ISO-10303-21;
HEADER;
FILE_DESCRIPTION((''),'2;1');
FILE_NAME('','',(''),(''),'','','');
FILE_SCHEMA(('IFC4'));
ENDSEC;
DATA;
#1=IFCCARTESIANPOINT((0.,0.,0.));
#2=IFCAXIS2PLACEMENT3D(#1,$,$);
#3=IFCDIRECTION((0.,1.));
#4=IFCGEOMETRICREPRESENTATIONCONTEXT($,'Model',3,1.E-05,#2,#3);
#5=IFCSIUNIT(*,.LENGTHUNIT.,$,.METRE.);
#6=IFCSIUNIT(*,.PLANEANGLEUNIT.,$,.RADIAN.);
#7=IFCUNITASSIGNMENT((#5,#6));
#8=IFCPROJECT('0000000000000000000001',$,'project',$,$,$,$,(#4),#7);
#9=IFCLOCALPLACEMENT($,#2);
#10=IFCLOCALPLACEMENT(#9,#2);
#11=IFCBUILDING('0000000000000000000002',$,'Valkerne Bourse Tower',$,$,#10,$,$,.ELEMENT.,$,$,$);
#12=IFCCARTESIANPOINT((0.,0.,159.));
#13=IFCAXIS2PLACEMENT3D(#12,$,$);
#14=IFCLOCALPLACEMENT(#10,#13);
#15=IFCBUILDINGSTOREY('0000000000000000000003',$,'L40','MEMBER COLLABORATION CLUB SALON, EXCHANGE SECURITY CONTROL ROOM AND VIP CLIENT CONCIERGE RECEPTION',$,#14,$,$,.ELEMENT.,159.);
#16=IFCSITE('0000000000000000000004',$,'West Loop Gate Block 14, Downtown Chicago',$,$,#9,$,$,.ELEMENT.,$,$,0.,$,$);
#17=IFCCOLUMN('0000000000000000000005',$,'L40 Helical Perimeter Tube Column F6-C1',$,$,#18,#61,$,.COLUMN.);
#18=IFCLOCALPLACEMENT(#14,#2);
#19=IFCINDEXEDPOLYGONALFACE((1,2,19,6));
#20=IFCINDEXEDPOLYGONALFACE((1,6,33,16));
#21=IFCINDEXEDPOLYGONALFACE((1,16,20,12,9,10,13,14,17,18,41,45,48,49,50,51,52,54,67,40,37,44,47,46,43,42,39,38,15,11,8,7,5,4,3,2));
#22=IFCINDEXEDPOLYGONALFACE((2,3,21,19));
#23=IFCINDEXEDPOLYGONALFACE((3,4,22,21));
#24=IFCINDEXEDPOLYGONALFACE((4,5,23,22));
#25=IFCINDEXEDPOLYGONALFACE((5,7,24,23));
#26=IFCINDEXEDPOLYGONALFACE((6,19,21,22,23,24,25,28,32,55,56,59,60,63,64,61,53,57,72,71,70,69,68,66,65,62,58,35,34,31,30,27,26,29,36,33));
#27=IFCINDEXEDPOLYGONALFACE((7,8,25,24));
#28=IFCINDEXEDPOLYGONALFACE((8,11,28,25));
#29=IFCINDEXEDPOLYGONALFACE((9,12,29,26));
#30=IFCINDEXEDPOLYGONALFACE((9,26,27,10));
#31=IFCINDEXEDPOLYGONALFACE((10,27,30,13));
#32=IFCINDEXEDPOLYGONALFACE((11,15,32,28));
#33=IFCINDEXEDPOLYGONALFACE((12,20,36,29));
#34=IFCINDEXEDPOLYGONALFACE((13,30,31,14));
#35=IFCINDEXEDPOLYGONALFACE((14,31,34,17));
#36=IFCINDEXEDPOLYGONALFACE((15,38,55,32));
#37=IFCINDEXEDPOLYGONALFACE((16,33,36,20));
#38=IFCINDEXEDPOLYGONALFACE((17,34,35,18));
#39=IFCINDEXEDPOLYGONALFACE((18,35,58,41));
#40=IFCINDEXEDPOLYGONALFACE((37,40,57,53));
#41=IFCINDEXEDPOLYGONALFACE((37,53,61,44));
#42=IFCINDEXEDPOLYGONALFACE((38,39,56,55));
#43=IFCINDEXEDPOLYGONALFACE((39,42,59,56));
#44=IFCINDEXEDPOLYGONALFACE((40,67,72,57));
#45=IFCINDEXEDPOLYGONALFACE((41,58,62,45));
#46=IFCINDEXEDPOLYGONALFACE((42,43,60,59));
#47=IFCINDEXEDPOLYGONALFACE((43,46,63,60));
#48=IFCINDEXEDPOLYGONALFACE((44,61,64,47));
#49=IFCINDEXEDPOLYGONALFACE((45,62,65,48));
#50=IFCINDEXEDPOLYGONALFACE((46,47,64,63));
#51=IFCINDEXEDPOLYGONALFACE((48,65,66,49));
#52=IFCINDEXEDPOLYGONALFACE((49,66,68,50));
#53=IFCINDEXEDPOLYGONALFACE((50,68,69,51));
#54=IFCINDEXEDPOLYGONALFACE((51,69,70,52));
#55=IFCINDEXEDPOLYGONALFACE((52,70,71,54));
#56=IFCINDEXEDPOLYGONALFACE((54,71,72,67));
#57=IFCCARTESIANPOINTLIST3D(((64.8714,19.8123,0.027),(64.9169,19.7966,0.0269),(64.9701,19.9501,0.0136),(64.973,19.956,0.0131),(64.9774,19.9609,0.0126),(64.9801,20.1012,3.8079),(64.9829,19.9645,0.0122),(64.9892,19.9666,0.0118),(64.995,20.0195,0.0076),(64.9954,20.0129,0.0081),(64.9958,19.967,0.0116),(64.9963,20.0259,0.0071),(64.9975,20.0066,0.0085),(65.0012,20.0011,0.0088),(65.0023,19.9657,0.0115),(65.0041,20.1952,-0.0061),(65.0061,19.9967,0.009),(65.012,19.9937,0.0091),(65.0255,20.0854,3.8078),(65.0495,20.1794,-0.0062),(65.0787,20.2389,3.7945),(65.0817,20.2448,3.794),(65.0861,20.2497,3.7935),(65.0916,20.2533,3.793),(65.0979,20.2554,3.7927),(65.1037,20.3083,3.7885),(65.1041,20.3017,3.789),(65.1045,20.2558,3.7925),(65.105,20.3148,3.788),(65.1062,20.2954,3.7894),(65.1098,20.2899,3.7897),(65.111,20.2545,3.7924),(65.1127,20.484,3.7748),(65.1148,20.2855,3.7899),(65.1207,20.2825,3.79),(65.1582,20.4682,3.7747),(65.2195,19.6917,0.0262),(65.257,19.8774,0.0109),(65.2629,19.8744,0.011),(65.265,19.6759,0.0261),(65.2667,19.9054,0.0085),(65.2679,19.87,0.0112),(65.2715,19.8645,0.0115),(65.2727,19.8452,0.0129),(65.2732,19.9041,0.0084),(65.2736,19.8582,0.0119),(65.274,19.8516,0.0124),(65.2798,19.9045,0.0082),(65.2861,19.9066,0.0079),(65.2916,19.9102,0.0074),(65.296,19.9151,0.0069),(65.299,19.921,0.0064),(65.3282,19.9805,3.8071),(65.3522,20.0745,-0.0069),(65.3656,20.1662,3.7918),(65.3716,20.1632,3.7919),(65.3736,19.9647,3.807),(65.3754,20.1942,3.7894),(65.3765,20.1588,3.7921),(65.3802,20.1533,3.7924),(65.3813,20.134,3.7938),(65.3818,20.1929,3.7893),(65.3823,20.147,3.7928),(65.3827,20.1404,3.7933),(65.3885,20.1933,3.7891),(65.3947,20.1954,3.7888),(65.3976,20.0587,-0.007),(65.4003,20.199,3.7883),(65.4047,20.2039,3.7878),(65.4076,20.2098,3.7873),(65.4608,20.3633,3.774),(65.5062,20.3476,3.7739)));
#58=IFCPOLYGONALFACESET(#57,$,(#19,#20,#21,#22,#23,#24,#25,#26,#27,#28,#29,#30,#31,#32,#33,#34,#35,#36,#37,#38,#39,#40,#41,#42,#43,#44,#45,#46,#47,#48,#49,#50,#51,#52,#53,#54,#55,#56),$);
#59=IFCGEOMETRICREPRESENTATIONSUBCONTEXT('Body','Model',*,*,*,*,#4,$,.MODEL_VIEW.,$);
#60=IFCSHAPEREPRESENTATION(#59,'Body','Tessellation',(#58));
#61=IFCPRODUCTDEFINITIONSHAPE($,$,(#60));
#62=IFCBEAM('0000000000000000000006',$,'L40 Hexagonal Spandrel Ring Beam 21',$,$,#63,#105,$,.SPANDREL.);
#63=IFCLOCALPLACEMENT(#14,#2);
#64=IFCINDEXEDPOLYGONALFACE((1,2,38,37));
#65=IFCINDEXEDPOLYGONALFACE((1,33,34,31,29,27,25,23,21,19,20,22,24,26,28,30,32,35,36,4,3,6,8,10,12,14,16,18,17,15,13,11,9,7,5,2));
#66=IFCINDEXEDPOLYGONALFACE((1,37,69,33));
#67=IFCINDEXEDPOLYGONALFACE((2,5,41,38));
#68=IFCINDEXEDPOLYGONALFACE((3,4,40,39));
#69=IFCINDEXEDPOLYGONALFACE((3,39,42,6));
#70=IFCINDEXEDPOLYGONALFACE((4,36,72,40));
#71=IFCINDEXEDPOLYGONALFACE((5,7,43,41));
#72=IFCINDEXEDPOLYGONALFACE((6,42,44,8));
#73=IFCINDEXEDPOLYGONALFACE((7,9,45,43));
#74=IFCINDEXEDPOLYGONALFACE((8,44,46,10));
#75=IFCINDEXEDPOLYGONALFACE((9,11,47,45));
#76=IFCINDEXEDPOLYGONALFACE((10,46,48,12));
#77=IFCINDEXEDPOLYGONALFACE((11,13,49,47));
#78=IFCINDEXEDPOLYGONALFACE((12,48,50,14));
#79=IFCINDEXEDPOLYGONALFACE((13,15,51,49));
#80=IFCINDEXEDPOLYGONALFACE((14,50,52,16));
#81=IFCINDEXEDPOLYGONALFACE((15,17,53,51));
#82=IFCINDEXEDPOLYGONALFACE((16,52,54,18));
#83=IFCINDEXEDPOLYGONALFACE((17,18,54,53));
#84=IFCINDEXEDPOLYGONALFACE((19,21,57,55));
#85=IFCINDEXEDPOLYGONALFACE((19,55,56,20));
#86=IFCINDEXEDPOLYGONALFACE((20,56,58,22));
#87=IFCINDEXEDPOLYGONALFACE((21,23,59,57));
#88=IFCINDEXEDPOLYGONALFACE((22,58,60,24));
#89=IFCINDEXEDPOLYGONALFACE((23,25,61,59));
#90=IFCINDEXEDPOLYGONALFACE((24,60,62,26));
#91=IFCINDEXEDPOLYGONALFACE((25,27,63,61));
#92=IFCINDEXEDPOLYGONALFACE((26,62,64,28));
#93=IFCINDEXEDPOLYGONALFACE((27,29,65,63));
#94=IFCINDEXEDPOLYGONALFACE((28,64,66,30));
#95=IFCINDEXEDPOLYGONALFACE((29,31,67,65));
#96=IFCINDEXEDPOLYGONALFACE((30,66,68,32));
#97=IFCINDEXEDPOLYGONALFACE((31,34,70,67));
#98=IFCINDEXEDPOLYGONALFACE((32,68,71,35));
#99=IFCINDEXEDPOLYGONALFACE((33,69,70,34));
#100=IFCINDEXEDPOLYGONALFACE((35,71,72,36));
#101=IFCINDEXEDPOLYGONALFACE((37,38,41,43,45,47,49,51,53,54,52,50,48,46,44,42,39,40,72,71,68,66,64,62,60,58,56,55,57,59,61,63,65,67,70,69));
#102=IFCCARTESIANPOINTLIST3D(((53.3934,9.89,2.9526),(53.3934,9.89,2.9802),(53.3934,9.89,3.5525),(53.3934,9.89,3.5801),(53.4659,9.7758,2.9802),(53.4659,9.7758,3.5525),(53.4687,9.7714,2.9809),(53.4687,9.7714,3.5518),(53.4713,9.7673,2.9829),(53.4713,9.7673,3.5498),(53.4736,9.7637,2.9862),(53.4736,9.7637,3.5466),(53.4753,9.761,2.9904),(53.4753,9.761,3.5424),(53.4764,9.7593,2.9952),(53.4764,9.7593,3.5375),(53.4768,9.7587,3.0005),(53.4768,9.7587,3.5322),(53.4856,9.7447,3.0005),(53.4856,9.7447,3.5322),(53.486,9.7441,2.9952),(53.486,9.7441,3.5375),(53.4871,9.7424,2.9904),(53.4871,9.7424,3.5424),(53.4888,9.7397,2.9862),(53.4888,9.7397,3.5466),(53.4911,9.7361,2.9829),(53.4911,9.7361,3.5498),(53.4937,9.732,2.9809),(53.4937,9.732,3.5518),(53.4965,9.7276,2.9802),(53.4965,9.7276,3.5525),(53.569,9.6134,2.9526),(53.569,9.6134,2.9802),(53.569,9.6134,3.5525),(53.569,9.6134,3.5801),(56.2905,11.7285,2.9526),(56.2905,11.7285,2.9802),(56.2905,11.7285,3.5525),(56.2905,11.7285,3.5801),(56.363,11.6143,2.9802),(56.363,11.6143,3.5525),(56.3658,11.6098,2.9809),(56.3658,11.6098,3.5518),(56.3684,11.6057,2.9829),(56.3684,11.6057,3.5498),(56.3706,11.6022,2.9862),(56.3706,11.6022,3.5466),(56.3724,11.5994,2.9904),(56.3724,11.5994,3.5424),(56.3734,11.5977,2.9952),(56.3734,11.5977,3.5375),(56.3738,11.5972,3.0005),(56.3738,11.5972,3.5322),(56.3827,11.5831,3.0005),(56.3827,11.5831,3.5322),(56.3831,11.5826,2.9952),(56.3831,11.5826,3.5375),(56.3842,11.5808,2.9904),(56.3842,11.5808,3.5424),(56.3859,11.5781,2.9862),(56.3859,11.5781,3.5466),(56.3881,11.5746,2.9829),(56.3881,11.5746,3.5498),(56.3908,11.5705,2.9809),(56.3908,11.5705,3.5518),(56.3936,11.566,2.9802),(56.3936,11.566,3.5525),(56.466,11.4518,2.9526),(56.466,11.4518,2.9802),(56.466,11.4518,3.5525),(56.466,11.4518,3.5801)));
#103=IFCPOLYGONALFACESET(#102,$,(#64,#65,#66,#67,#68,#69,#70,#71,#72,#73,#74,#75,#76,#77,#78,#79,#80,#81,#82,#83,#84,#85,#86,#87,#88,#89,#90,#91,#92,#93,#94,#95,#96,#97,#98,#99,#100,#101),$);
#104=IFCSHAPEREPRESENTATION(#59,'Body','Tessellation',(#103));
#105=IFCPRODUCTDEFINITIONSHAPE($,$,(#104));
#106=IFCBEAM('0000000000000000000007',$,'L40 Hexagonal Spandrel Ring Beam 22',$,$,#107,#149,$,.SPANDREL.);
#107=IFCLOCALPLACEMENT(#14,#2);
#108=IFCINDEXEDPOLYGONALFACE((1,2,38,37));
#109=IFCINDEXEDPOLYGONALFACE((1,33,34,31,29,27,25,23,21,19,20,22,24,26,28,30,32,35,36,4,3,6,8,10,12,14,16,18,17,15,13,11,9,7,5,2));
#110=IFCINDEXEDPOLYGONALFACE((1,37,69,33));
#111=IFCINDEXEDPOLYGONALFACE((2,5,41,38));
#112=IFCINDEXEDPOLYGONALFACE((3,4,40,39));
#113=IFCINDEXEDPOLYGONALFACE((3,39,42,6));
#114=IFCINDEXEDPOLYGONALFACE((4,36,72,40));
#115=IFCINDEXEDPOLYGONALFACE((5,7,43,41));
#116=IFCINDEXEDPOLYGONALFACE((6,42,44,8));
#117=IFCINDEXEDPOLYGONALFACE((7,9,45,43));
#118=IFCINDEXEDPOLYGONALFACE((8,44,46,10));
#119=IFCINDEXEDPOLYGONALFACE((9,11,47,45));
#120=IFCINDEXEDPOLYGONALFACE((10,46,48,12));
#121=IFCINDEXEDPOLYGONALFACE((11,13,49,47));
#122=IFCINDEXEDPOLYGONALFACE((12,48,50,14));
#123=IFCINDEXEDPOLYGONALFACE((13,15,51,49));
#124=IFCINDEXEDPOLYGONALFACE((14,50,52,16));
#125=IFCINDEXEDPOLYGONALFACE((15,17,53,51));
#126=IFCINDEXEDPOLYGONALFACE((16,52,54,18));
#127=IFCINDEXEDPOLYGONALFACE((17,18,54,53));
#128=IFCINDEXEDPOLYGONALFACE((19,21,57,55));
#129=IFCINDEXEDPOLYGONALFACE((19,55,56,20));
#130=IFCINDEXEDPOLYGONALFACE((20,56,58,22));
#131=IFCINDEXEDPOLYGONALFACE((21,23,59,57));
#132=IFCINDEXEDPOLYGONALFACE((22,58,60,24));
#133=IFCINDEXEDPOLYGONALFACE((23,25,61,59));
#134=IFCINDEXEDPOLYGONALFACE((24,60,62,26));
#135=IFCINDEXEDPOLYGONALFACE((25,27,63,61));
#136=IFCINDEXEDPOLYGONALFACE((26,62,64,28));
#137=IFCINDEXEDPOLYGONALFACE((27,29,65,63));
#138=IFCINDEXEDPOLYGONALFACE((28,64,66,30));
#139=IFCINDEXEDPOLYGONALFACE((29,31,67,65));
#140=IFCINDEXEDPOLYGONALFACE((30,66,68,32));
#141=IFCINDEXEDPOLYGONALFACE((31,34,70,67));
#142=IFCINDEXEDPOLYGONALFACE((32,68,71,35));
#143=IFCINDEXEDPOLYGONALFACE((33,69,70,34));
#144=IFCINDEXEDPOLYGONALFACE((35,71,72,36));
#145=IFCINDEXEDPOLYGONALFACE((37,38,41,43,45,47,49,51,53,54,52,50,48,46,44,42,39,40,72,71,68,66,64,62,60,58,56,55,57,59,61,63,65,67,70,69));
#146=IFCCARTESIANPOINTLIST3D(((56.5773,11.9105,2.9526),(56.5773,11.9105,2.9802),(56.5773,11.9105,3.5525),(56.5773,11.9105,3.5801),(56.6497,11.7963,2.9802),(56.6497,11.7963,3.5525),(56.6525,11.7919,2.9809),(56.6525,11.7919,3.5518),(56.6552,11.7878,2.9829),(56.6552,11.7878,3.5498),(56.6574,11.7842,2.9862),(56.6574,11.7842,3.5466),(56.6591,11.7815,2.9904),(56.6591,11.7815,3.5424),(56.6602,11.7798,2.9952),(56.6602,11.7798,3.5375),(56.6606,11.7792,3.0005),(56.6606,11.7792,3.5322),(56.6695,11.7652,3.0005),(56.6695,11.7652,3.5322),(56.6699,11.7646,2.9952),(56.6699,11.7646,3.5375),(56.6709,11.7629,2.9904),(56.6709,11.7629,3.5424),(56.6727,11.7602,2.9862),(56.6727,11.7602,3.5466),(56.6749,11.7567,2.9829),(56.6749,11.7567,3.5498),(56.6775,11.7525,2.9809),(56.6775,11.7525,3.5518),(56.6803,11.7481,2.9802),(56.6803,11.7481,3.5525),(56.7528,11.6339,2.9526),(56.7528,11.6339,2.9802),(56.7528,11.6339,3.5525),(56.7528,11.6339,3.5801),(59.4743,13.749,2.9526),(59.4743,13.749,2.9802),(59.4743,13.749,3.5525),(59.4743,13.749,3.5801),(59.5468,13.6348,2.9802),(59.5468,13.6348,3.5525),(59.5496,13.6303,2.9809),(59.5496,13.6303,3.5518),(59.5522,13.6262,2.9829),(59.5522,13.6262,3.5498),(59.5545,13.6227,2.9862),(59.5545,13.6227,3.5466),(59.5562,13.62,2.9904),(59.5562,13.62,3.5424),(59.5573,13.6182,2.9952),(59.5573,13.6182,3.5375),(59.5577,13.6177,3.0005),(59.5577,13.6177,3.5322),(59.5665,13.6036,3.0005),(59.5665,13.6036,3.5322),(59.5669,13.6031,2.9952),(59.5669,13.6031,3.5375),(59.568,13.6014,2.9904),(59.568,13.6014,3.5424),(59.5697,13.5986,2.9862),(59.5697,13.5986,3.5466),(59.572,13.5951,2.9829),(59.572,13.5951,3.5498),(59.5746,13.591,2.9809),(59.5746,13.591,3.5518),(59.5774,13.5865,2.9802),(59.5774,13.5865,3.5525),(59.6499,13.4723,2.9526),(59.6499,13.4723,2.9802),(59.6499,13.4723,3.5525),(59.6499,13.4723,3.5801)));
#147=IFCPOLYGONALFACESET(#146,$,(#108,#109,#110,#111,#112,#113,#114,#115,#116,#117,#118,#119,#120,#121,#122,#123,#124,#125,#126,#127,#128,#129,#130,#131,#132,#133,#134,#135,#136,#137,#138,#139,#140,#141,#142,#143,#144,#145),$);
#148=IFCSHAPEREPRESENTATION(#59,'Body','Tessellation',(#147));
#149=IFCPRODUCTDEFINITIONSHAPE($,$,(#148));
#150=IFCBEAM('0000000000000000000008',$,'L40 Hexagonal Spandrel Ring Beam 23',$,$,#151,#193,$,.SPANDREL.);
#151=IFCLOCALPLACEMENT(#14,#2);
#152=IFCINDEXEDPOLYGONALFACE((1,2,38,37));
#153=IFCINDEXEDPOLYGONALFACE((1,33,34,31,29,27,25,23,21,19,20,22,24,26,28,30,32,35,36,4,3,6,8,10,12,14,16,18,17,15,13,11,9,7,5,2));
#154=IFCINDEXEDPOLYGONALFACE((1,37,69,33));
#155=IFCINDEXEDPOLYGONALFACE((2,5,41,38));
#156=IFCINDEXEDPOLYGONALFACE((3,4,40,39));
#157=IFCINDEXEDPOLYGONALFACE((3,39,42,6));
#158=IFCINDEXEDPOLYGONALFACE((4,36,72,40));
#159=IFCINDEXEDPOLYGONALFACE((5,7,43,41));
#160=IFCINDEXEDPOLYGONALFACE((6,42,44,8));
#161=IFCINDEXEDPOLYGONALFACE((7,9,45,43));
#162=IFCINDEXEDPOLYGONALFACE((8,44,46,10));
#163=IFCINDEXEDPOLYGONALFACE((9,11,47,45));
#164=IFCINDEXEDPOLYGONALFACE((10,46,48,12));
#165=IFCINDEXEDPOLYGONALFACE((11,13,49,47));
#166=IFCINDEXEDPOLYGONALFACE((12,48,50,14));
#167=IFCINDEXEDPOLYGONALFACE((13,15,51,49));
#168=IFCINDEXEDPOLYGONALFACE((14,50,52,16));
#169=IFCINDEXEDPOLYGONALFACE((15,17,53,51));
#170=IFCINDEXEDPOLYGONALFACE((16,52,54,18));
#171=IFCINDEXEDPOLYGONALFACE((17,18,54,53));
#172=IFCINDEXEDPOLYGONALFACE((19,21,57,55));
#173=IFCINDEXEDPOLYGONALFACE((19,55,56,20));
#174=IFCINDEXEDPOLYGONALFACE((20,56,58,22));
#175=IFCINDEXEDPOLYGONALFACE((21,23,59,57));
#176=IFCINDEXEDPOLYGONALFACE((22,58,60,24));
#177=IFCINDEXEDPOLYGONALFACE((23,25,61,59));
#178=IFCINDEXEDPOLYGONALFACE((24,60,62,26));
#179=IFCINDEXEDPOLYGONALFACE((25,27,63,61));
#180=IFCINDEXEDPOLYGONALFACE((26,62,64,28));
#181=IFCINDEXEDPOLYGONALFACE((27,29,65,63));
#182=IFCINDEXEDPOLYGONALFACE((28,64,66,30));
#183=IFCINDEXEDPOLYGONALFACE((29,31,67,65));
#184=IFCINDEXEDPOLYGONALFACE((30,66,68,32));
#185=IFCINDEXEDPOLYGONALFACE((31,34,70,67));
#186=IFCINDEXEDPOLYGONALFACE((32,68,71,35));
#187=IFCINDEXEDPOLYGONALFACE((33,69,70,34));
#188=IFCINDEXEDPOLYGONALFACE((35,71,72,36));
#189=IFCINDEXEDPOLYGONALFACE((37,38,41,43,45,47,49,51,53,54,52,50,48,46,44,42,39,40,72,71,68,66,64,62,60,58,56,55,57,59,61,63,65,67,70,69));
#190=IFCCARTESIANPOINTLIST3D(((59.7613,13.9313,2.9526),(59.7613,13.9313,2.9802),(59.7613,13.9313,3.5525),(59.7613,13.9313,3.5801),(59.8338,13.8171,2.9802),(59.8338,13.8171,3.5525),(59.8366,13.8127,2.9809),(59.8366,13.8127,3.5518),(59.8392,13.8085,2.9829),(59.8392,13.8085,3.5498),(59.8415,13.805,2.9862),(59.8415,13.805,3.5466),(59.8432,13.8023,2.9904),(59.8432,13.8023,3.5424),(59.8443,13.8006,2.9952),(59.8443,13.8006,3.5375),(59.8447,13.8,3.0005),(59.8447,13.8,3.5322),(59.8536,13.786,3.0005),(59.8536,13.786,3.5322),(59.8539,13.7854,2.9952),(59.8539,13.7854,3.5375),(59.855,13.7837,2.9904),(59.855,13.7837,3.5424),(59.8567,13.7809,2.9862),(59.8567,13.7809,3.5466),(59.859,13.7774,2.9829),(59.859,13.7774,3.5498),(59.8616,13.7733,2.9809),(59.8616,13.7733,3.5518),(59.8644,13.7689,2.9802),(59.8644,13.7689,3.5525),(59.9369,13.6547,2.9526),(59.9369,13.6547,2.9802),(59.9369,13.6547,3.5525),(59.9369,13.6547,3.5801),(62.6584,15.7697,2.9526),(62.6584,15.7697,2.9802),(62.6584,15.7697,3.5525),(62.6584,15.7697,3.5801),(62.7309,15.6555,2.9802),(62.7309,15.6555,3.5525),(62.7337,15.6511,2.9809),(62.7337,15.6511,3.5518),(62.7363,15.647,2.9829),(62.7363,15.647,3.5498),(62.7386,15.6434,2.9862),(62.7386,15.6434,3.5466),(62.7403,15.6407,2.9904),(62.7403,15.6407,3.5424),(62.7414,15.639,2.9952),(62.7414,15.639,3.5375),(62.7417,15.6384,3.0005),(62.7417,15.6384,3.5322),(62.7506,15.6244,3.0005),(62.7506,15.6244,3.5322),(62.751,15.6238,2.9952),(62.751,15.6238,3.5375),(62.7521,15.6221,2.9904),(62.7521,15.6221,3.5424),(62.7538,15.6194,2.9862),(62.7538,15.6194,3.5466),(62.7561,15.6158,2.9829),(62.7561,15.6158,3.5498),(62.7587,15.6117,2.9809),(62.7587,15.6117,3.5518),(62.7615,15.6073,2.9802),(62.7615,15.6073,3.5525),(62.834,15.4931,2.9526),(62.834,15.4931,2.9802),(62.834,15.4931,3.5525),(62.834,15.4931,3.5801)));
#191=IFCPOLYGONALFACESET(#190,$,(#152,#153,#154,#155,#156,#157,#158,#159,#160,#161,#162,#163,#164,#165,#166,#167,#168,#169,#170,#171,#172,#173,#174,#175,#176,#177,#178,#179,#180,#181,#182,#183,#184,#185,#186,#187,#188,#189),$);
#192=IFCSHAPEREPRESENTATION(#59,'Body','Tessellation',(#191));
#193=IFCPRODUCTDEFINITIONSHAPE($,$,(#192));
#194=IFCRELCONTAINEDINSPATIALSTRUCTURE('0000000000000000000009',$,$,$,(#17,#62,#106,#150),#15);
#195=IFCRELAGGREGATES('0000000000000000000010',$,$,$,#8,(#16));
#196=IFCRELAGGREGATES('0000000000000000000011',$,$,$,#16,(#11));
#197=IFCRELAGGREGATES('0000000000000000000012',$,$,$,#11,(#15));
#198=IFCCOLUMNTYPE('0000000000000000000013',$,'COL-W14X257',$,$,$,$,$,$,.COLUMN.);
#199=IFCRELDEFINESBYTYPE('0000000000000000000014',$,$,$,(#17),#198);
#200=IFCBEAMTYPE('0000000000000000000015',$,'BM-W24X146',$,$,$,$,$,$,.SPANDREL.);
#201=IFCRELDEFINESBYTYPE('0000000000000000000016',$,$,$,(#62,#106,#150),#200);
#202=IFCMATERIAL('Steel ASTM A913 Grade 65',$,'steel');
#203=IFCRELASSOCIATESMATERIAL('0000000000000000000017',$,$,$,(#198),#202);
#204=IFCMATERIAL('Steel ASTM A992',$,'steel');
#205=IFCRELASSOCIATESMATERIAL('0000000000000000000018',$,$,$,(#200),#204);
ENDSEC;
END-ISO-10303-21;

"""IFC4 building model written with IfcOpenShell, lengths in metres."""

from ifc_helpers import new_model, si_unit, direction, frame, origin, origin_2d, place, context, subcontext, project, spatial, i_section, extrude, material, material_profile, profile_set, type_object, element, save


model = new_model("IFC4")

# Units and contexts
model_context = context("Model", 3, precision=1e-05, world=origin(), true_north=direction((0.0, 1.0)))
body_context = subcontext(model_context, "Body", "Model", "MODEL_VIEW")
ifc_project = project(units=[si_unit("LENGTHUNIT", "METRE"), si_unit("PLANEANGLEUNIT", "RADIAN")], contexts=[model_context])

# Site, building, storey
site_placement = place(None, origin())
site = spatial("IfcSite", under=ifc_project, at=site_placement, Name="West Loop Gate Block 14, Downtown Chicago", CompositionType="ELEMENT", RefElevation=0.0)
building_placement = place(site_placement, origin())
building = spatial("IfcBuilding", under=site, at=building_placement, Name="Valkerne Bourse Tower", CompositionType="ELEMENT")
storey_placement = place(building_placement, frame((0.0, 0.0, 159.0)))
storey = spatial("IfcBuildingStorey", under=building, at=storey_placement, Name="L40", Description="MEMBER COLLABORATION CLUB SALON, EXCHANGE SECURITY CONTROL ROOM AND VIP CLIENT CONCIERGE RECEPTION", CompositionType="ELEMENT", Elevation=159.0)

# Column
ifc_material_1 = material(Name="Steel ASTM A913 Grade 65", Category="steel")
ifc_material_profile_1 = material_profile(ifc_material_1, i_section(OverallWidth=0.4065, OverallDepth=0.4165, WebThickness=0.0298, FlangeThickness=0.0481, FilletRadius=0.0254, at=origin_2d()), Name="W14X257")
ifc_profile_set_1 = profile_set([ifc_material_profile_1], Name="Steel ASTM A913 Grade 65")
column_type = type_object("IfcColumnType", Name="COL-W14X257", PredefinedType="COLUMN", material=ifc_profile_set_1)
column_1_placement = place(storey_placement, frame((65.1345, 19.9355, 0.01), z_axis=(0.028639, 0.076134, 0.996686), x_axis=(-0.326289, -0.941766, 0.081314)))
element("IfcColumn", 1, at=column_1_placement, inside=storey, type_object=column_type, Name="L40 Helical Perimeter Tube Column F6-C1", PredefinedType="COLUMN", context=body_context, shape_type="SweptSolid", body=[
    extrude(i_section(OverallWidth=0.4065, OverallDepth=0.4165, WebThickness=0.0298, FlangeThickness=0.0481, FilletRadius=0.0254, at=origin_2d()), origin(), (0.0, 0.0, 1.0), 3.7935),
])

# Beams
ifc_material_2 = material(Name="Steel ASTM A992", Category="steel")
ifc_material_profile_2 = material_profile(ifc_material_2, i_section(OverallWidth=0.3276, OverallDepth=0.6274, WebThickness=0.0166, FlangeThickness=0.0276, FilletRadius=0.0203, at=origin_2d()), Name="W24X146")
ifc_profile_set_2 = profile_set([ifc_material_profile_2], Name="Steel ASTM A992")
beam_type = type_object("IfcBeamType", Name="BM-W24X146", PredefinedType="SPANDREL", material=ifc_profile_set_2)
for number, where, z_axis, x_axis, name in (
    (2, (53.4812, 9.7517, 3.2664), (0.844341, 0.535807, 0.0), (-0.535807, 0.844341, 0.0), "L40 Hexagonal Spandrel Ring Beam 21"),
    (3, (56.665, 11.7722, 3.2664), (0.844341, 0.535807, 0.0), (-0.535807, 0.844341, 0.0), "L40 Hexagonal Spandrel Ring Beam 22"),
    (4, (59.8491, 13.793, 3.2664), (0.844341, 0.535807, 0.0), (-0.535807, 0.844341, 0.0), "L40 Hexagonal Spandrel Ring Beam 23"),
):
    element("IfcBeam", number, at=place(storey_placement, frame(where, z_axis=z_axis, x_axis=x_axis)), inside=storey, type_object=beam_type, Name=name, PredefinedType="SPANDREL", context=body_context, shape_type="SweptSolid", body=[
        extrude(i_section(OverallWidth=0.3276, OverallDepth=0.6274, WebThickness=0.0166, FlangeThickness=0.0276, FilletRadius=0.0203, at=origin_2d()), origin(), (0.0, 0.0, 1.0), 3.4312),
    ])

save(model, "model.ifc")
